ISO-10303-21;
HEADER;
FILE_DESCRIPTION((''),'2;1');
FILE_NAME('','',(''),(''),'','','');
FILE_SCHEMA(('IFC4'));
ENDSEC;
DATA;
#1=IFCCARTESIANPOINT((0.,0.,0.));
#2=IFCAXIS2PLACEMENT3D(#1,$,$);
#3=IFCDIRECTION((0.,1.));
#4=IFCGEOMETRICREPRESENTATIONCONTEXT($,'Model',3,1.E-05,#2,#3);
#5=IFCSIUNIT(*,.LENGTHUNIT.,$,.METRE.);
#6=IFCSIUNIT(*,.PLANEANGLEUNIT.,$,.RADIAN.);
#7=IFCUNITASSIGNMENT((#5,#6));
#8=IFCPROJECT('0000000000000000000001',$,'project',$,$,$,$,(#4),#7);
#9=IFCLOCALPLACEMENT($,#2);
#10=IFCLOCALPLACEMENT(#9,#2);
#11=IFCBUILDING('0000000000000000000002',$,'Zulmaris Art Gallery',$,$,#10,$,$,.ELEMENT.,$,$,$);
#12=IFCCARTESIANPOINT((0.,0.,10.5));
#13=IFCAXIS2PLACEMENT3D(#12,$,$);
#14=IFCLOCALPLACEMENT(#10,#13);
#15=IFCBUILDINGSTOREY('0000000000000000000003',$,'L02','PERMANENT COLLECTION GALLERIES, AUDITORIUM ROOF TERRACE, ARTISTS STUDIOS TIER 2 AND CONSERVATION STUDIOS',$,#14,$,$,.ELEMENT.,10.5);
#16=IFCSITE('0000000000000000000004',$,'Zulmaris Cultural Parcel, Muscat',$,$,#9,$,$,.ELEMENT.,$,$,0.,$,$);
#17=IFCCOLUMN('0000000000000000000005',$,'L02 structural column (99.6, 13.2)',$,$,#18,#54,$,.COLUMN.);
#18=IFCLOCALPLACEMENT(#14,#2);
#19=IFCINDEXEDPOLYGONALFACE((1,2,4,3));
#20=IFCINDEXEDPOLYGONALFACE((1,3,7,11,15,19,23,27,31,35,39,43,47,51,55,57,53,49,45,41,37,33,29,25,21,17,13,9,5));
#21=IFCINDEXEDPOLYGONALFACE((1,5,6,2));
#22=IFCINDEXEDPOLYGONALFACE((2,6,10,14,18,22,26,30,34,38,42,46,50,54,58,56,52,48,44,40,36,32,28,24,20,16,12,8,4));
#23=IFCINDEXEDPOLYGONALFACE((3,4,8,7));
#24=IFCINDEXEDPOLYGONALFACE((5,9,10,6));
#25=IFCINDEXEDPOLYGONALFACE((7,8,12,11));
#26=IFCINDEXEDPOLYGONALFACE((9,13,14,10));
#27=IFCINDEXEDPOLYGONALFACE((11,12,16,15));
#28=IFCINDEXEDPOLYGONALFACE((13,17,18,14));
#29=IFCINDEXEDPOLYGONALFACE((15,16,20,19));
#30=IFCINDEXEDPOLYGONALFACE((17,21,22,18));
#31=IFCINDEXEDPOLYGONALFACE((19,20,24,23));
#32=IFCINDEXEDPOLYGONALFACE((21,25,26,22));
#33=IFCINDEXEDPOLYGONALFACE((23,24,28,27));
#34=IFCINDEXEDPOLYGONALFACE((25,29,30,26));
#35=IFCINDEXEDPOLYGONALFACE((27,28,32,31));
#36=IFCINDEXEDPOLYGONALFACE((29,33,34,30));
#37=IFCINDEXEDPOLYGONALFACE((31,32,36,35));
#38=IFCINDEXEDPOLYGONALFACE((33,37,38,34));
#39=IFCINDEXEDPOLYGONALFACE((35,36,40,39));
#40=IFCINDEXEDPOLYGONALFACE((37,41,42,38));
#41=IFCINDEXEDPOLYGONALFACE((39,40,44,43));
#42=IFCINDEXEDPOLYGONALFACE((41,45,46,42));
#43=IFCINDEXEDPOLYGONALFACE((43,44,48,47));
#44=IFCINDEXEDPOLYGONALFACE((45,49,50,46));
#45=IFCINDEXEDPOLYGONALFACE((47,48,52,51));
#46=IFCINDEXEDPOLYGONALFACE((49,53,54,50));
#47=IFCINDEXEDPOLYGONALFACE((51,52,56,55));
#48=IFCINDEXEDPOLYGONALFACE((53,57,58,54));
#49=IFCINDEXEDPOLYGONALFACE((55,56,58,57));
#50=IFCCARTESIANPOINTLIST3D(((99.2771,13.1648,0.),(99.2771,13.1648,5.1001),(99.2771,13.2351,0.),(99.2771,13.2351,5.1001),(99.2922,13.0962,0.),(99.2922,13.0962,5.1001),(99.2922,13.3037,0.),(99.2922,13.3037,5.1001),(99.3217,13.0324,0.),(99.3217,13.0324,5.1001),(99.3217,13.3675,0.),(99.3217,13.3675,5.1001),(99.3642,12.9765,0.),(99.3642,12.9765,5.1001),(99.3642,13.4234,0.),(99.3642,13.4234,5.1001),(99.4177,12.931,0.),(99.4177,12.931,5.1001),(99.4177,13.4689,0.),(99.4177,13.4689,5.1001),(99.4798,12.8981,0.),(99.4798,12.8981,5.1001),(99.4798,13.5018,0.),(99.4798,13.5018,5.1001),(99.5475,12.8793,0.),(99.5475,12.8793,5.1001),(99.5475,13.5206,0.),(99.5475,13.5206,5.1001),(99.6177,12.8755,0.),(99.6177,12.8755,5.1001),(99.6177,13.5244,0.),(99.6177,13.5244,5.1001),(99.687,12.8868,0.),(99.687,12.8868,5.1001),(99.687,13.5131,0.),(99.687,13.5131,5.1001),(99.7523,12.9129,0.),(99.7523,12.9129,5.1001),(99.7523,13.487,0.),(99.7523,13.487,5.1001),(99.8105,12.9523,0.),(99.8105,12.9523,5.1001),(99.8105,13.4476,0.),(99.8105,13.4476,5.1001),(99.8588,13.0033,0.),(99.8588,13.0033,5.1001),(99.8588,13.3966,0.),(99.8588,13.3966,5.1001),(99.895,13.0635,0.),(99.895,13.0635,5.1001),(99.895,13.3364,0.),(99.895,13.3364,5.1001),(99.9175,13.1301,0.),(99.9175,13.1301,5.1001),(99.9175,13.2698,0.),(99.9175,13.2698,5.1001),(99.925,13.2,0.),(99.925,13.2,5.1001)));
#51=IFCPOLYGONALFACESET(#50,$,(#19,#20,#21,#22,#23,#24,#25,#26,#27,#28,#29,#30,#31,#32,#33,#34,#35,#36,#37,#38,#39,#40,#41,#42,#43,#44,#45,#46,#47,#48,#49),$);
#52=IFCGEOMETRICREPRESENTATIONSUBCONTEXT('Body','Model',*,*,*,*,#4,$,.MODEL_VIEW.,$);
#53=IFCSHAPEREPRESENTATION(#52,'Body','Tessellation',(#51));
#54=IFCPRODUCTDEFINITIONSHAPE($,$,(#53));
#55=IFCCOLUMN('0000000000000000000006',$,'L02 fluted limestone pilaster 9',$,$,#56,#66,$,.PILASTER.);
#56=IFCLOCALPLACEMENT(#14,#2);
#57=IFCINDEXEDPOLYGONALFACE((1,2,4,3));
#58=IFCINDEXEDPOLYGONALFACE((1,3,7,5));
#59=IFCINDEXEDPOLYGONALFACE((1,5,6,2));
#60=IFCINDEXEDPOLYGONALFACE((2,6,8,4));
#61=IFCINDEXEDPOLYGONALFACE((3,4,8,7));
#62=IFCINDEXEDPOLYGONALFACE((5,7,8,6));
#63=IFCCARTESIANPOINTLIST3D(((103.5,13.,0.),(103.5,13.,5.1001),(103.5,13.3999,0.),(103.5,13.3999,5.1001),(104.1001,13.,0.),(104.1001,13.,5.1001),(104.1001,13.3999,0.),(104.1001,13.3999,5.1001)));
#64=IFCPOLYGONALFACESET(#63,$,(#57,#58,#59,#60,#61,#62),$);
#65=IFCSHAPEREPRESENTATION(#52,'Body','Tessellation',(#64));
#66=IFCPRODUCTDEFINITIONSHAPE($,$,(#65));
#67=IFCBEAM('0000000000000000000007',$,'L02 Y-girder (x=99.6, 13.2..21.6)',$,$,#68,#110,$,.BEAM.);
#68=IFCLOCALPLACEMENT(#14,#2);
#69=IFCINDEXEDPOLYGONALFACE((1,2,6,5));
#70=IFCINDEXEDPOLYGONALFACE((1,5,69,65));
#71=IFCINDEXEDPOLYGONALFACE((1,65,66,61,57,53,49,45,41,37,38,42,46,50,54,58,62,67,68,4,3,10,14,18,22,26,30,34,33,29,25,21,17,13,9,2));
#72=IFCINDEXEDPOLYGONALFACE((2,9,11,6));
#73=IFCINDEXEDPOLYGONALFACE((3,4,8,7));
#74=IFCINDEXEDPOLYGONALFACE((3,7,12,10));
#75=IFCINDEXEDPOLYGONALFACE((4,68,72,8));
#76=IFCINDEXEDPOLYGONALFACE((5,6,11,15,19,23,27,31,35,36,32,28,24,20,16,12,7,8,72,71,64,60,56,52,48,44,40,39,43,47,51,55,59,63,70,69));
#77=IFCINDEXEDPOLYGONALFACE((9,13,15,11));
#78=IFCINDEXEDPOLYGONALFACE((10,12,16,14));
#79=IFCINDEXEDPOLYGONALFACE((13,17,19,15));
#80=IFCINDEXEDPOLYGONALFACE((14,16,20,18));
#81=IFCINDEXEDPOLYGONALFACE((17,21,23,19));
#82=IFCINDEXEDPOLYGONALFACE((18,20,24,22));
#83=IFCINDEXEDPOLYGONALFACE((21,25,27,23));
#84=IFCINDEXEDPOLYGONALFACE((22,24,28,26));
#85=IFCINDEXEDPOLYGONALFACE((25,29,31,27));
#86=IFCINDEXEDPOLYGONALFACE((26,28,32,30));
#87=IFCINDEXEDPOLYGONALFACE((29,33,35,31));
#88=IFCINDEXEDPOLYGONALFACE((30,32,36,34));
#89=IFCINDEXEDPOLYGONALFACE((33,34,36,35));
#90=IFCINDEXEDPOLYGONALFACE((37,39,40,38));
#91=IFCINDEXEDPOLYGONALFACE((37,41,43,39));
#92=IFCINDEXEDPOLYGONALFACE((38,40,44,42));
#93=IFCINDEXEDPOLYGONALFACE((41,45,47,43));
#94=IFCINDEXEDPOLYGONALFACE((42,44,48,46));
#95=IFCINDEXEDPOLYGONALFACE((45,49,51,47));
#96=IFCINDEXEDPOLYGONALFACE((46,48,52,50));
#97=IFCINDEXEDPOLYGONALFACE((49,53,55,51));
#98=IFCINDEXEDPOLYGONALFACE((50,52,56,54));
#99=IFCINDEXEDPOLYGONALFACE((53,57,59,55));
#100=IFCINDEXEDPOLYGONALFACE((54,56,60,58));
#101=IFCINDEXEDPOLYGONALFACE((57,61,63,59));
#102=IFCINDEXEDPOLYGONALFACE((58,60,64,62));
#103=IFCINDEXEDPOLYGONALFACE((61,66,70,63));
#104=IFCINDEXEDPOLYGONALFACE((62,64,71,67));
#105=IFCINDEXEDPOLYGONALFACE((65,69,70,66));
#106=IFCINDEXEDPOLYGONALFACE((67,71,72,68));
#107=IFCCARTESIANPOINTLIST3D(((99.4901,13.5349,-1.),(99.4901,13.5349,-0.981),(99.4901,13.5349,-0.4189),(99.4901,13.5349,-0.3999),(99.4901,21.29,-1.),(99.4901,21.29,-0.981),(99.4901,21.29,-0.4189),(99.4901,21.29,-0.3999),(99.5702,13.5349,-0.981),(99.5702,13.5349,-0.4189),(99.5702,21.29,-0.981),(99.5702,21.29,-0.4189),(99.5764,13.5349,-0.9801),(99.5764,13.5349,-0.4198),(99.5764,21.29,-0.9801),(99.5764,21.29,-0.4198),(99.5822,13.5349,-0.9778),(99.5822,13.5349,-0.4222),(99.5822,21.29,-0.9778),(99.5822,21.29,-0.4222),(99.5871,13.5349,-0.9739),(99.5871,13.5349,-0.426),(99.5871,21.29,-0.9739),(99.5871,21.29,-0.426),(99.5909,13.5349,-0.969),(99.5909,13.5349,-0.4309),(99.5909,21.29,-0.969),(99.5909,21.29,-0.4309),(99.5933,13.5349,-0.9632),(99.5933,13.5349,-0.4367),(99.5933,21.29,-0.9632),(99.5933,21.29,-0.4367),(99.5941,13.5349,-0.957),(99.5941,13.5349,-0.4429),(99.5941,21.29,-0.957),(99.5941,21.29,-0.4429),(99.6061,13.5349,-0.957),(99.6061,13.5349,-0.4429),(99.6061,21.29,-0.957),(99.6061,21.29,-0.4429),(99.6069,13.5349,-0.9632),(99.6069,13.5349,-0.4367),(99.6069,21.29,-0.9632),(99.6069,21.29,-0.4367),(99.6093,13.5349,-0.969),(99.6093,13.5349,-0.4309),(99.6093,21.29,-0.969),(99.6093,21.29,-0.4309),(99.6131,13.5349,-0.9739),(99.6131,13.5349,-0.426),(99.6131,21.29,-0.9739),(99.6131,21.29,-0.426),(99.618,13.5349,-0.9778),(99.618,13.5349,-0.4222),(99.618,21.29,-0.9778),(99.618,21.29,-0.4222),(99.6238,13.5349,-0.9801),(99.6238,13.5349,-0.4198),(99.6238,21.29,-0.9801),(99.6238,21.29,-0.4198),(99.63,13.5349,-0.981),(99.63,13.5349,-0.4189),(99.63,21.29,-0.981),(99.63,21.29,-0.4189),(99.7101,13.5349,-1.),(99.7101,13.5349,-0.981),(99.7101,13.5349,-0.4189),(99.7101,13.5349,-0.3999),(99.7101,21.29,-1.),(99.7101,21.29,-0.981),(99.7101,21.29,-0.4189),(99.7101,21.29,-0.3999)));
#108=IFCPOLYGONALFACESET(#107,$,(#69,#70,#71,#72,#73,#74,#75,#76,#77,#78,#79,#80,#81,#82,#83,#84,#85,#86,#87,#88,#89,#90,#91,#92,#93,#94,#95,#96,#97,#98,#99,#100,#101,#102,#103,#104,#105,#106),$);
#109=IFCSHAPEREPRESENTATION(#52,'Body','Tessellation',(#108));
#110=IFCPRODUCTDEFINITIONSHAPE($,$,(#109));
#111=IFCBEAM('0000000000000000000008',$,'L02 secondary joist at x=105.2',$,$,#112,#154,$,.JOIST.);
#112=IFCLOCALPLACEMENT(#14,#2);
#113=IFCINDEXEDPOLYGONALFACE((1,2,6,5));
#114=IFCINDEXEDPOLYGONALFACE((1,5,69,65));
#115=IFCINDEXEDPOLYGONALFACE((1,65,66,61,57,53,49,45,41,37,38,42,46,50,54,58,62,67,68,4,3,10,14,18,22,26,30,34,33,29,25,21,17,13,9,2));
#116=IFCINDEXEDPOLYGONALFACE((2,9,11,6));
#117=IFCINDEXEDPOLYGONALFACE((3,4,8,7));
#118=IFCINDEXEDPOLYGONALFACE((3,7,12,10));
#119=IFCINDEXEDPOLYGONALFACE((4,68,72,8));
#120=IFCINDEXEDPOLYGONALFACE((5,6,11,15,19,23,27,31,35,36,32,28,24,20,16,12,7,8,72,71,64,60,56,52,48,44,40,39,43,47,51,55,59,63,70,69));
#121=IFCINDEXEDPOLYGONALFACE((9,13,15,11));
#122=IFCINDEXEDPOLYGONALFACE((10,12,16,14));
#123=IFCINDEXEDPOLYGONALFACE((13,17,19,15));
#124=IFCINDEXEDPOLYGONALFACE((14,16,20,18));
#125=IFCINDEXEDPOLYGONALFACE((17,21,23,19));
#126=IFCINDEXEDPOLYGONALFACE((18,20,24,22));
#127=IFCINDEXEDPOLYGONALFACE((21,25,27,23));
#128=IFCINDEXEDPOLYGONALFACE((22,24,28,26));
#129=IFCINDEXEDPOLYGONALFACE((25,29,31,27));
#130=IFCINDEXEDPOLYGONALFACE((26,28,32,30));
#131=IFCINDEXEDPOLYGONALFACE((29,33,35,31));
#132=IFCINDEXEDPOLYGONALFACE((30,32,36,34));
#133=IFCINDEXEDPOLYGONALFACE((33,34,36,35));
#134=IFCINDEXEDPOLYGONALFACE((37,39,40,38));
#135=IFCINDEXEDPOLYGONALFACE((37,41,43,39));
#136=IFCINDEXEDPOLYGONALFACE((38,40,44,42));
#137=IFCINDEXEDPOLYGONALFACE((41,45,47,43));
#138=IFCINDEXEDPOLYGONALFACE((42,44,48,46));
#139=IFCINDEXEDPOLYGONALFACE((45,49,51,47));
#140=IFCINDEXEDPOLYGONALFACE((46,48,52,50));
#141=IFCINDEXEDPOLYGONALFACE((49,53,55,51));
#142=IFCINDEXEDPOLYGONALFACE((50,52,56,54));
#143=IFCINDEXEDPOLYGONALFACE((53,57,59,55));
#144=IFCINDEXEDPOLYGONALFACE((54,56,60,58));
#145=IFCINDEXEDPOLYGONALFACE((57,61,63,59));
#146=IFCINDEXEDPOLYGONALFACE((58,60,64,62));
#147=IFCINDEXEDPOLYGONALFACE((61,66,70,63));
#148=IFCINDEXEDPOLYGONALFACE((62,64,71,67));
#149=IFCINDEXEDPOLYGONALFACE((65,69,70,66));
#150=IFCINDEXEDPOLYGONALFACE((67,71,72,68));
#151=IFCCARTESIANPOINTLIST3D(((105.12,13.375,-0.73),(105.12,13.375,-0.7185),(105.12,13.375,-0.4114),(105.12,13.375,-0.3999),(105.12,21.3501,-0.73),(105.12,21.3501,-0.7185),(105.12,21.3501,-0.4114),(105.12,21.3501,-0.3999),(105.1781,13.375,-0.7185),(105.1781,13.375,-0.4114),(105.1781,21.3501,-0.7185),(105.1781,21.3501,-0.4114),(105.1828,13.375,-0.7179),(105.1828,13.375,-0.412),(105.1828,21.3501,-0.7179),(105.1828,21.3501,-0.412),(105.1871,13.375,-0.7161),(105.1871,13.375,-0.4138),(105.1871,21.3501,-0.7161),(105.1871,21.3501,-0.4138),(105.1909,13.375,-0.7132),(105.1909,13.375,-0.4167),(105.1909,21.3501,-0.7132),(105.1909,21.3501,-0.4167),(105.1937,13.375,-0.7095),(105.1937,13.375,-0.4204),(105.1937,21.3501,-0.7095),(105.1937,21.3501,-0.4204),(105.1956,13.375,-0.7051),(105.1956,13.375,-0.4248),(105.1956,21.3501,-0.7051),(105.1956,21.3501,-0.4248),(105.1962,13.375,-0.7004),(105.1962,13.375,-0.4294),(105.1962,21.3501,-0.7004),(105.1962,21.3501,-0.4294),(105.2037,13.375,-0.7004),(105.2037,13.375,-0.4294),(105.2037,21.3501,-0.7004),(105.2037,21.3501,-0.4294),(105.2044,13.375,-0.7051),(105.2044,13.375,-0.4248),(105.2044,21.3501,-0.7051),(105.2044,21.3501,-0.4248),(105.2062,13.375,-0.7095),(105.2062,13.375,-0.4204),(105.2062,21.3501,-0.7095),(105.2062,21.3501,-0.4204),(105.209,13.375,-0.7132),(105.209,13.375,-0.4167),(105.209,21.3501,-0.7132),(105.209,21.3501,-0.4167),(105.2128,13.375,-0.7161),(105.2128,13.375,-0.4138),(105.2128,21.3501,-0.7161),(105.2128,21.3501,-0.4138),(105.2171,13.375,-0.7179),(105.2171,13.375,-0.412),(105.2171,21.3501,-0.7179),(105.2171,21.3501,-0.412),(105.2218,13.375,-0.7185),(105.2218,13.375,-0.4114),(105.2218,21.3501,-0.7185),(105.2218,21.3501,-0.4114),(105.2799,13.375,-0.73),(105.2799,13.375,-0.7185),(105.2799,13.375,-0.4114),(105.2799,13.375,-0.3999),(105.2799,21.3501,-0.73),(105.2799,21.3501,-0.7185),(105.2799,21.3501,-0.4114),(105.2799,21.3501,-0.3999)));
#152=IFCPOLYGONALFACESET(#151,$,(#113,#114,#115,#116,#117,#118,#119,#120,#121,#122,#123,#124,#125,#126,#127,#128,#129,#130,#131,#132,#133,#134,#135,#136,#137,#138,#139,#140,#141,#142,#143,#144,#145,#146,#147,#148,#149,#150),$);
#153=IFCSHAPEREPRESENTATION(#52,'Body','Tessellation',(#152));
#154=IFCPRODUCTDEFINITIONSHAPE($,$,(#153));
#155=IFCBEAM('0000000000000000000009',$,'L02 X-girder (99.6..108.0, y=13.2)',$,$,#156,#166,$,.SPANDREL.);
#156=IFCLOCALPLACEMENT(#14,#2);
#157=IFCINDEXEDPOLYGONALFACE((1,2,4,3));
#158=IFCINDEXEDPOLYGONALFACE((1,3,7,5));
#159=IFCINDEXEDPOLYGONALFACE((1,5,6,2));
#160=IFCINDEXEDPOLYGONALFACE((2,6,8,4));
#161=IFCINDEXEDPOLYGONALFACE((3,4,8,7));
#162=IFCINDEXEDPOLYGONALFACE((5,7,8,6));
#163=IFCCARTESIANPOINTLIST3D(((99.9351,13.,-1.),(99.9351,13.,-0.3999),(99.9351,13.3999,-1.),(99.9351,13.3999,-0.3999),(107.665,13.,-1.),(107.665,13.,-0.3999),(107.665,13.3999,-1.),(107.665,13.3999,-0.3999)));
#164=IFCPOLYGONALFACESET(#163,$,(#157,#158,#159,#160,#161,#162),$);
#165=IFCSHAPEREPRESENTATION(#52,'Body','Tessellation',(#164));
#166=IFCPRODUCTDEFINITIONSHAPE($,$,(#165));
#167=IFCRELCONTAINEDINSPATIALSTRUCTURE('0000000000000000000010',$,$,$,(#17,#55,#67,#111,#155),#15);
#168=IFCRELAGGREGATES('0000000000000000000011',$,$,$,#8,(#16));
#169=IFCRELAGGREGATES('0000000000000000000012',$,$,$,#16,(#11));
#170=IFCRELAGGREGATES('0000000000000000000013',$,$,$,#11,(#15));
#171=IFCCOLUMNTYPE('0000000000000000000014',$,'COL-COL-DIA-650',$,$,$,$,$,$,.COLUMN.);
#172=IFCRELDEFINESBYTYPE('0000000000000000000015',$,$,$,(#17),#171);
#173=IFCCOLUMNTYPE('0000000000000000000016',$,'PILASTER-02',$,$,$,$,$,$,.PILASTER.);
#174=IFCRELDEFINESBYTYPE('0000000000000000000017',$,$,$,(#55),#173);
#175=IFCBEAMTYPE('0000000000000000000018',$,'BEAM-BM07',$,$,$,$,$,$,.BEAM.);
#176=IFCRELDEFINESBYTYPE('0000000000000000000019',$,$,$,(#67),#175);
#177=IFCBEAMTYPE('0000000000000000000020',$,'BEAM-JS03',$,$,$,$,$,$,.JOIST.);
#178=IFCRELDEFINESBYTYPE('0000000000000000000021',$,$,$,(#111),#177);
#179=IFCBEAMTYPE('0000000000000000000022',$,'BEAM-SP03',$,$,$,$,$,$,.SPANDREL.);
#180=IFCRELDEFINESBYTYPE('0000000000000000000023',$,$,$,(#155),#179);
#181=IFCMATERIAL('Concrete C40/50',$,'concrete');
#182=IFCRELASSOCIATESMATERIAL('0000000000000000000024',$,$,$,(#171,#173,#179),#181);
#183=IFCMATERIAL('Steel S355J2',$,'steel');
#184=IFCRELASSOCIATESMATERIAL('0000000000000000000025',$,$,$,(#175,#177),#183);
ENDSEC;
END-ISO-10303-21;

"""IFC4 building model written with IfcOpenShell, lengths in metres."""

from ifc_helpers import new_model, si_unit, direction, frame, origin, origin_2d, place, context, subcontext, project, spatial, rectangle, circle, i_section, extrude, material, material_profile, profile_set, type_object, element, save


model = new_model("IFC4")

# Units and contexts
model_context = context("Model", 3, precision=1e-05, world=origin(), true_north=direction((0.0, 1.0)))
body_context = subcontext(model_context, "Body", "Model", "MODEL_VIEW")
ifc_project = project(units=[si_unit("LENGTHUNIT", "METRE"), si_unit("PLANEANGLEUNIT", "RADIAN")], contexts=[model_context])

# Site, building, storey
site_placement = place(None, origin())
site = spatial("IfcSite", under=ifc_project, at=site_placement, Name="Zulmaris Cultural Parcel, Muscat", CompositionType="ELEMENT", RefElevation=0.0)
building_placement = place(site_placement, origin())
building = spatial("IfcBuilding", under=site, at=building_placement, Name="Zulmaris Art Gallery", CompositionType="ELEMENT")
storey_placement = place(building_placement, frame((0.0, 0.0, 10.5)))
storey = spatial("IfcBuildingStorey", under=building, at=storey_placement, Name="L02", Description="PERMANENT COLLECTION GALLERIES, AUDITORIUM ROOF TERRACE, ARTISTS STUDIOS TIER 2 AND CONSERVATION STUDIOS", CompositionType="ELEMENT", Elevation=10.5)

# Columns
ifc_material_1 = material(Name="Concrete C40/50", Category="concrete")
ifc_material_profile_1 = material_profile(ifc_material_1, circle(Radius=0.325, at=origin_2d()), Name="COL DIA 650")
ifc_profile_set_1 = profile_set([ifc_material_profile_1], Name="Concrete C40/50")
column_type_1 = type_object("IfcColumnType", Name="COL-COL-DIA-650", PredefinedType="COLUMN", material=ifc_profile_set_1)
column_1_placement = place(storey_placement, frame((99.6001, 13.2, 0.0), z_axis=(0.0, 0.0, 1.0), x_axis=(1.0, 0.0, 0.0)))
element("IfcColumn", 1, at=column_1_placement, inside=storey, type_object=column_type_1, Name="L02 structural column (99.6, 13.2)", PredefinedType="COLUMN", context=body_context, shape_type="SweptSolid", body=[
    extrude(circle(Radius=0.325, at=origin_2d()), origin(), (0.0, 0.0, 1.0), 5.1001),
])
ifc_material_profile_2 = material_profile(ifc_material_1, rectangle(XDim=0.6001, YDim=0.3999, at=origin_2d()), Name="PIL 600x400")
ifc_profile_set_2 = profile_set([ifc_material_profile_2], Name="Concrete C40/50")
column_type_2 = type_object("IfcColumnType", Name="PILASTER-02", PredefinedType="PILASTER", material=ifc_profile_set_2)
column_2_placement = place(storey_placement, frame((103.8, 13.2, 0.0), z_axis=(0.0, 0.0, 1.0), x_axis=(1.0, 0.0, 0.0)))
element("IfcColumn", 2, at=column_2_placement, inside=storey, type_object=column_type_2, Name="L02 fluted limestone pilaster 9", PredefinedType="PILASTER", context=body_context, shape_type="SweptSolid", body=[
    extrude(rectangle(XDim=0.6001, YDim=0.3999, at=origin_2d()), origin(), (0.0, 0.0, 1.0), 5.1001),
])

# Beams
ifc_material_2 = material(Name="Steel S355J2", Category="steel")
ifc_material_profile_3 = material_profile(ifc_material_2, i_section(OverallWidth=0.22, OverallDepth=0.6001, WebThickness=0.012, FlangeThickness=0.019, FilletRadius=0.0239, at=origin_2d()), Name="IPE 600")
ifc_profile_set_3 = profile_set([ifc_material_profile_3], Name="Steel S355J2")
beam_type_1 = type_object("IfcBeamType", Name="BEAM-BM07", PredefinedType="BEAM", material=ifc_profile_set_3)
beam_1_placement = place(storey_placement, frame((99.6001, 13.5349, -0.7), z_axis=(0.0, 1.0, 0.0), x_axis=(-1.0, 0.0, 0.0)))
element("IfcBeam", 3, at=beam_1_placement, inside=storey, type_object=beam_type_1, Name="L02 Y-girder (x=99.6, 13.2..21.6)", PredefinedType="BEAM", context=body_context, shape_type="SweptSolid", body=[
    extrude(i_section(OverallWidth=0.22, OverallDepth=0.6001, WebThickness=0.012, FlangeThickness=0.019, FilletRadius=0.0239, at=origin_2d()), origin(), (0.0, 0.0, 1.0), 7.7551),
])
ifc_material_profile_4 = material_profile(ifc_material_2, i_section(OverallWidth=0.1599, OverallDepth=0.3301, WebThickness=0.0076, FlangeThickness=0.0115, FilletRadius=0.0181, at=origin_2d()), Name="IPE 330")
ifc_profile_set_4 = profile_set([ifc_material_profile_4], Name="Steel S355J2")
beam_type_2 = type_object("IfcBeamType", Name="BEAM-JS03", PredefinedType="JOIST", material=ifc_profile_set_4)
beam_2_placement = place(storey_placement, frame((105.2, 13.375, -0.5649), z_axis=(0.0, 1.0, 0.0), x_axis=(-1.0, 0.0, 0.0)))
element("IfcBeam", 4, at=beam_2_placement, inside=storey, type_object=beam_type_2, Name="L02 secondary joist at x=105.2", PredefinedType="JOIST", context=body_context, shape_type="SweptSolid", body=[
    extrude(i_section(OverallWidth=0.1599, OverallDepth=0.3301, WebThickness=0.0076, FlangeThickness=0.0115, FilletRadius=0.0181, at=origin_2d()), origin(), (0.0, 0.0, 1.0), 7.9751),
])
ifc_material_profile_5 = material_profile(ifc_material_1, rectangle(XDim=0.3999, YDim=0.6001, at=origin_2d()), Name="RC 400x600")
ifc_profile_set_5 = profile_set([ifc_material_profile_5], Name="Concrete C40/50")
beam_type_3 = type_object("IfcBeamType", Name="BEAM-SP03", PredefinedType="SPANDREL", material=ifc_profile_set_5)
beam_3_placement = place(storey_placement, frame((99.9351, 13.2, -0.7), z_axis=(1.0, 0.0, 0.0), x_axis=(0.0, 1.0, 0.0)))
element("IfcBeam", 5, at=beam_3_placement, inside=storey, type_object=beam_type_3, Name="L02 X-girder (99.6..108.0, y=13.2)", PredefinedType="SPANDREL", context=body_context, shape_type="SweptSolid", body=[
    extrude(rectangle(XDim=0.3999, YDim=0.6001, at=origin_2d()), origin(), (0.0, 0.0, 1.0), 7.73),
])

save(model, "model.ifc")
